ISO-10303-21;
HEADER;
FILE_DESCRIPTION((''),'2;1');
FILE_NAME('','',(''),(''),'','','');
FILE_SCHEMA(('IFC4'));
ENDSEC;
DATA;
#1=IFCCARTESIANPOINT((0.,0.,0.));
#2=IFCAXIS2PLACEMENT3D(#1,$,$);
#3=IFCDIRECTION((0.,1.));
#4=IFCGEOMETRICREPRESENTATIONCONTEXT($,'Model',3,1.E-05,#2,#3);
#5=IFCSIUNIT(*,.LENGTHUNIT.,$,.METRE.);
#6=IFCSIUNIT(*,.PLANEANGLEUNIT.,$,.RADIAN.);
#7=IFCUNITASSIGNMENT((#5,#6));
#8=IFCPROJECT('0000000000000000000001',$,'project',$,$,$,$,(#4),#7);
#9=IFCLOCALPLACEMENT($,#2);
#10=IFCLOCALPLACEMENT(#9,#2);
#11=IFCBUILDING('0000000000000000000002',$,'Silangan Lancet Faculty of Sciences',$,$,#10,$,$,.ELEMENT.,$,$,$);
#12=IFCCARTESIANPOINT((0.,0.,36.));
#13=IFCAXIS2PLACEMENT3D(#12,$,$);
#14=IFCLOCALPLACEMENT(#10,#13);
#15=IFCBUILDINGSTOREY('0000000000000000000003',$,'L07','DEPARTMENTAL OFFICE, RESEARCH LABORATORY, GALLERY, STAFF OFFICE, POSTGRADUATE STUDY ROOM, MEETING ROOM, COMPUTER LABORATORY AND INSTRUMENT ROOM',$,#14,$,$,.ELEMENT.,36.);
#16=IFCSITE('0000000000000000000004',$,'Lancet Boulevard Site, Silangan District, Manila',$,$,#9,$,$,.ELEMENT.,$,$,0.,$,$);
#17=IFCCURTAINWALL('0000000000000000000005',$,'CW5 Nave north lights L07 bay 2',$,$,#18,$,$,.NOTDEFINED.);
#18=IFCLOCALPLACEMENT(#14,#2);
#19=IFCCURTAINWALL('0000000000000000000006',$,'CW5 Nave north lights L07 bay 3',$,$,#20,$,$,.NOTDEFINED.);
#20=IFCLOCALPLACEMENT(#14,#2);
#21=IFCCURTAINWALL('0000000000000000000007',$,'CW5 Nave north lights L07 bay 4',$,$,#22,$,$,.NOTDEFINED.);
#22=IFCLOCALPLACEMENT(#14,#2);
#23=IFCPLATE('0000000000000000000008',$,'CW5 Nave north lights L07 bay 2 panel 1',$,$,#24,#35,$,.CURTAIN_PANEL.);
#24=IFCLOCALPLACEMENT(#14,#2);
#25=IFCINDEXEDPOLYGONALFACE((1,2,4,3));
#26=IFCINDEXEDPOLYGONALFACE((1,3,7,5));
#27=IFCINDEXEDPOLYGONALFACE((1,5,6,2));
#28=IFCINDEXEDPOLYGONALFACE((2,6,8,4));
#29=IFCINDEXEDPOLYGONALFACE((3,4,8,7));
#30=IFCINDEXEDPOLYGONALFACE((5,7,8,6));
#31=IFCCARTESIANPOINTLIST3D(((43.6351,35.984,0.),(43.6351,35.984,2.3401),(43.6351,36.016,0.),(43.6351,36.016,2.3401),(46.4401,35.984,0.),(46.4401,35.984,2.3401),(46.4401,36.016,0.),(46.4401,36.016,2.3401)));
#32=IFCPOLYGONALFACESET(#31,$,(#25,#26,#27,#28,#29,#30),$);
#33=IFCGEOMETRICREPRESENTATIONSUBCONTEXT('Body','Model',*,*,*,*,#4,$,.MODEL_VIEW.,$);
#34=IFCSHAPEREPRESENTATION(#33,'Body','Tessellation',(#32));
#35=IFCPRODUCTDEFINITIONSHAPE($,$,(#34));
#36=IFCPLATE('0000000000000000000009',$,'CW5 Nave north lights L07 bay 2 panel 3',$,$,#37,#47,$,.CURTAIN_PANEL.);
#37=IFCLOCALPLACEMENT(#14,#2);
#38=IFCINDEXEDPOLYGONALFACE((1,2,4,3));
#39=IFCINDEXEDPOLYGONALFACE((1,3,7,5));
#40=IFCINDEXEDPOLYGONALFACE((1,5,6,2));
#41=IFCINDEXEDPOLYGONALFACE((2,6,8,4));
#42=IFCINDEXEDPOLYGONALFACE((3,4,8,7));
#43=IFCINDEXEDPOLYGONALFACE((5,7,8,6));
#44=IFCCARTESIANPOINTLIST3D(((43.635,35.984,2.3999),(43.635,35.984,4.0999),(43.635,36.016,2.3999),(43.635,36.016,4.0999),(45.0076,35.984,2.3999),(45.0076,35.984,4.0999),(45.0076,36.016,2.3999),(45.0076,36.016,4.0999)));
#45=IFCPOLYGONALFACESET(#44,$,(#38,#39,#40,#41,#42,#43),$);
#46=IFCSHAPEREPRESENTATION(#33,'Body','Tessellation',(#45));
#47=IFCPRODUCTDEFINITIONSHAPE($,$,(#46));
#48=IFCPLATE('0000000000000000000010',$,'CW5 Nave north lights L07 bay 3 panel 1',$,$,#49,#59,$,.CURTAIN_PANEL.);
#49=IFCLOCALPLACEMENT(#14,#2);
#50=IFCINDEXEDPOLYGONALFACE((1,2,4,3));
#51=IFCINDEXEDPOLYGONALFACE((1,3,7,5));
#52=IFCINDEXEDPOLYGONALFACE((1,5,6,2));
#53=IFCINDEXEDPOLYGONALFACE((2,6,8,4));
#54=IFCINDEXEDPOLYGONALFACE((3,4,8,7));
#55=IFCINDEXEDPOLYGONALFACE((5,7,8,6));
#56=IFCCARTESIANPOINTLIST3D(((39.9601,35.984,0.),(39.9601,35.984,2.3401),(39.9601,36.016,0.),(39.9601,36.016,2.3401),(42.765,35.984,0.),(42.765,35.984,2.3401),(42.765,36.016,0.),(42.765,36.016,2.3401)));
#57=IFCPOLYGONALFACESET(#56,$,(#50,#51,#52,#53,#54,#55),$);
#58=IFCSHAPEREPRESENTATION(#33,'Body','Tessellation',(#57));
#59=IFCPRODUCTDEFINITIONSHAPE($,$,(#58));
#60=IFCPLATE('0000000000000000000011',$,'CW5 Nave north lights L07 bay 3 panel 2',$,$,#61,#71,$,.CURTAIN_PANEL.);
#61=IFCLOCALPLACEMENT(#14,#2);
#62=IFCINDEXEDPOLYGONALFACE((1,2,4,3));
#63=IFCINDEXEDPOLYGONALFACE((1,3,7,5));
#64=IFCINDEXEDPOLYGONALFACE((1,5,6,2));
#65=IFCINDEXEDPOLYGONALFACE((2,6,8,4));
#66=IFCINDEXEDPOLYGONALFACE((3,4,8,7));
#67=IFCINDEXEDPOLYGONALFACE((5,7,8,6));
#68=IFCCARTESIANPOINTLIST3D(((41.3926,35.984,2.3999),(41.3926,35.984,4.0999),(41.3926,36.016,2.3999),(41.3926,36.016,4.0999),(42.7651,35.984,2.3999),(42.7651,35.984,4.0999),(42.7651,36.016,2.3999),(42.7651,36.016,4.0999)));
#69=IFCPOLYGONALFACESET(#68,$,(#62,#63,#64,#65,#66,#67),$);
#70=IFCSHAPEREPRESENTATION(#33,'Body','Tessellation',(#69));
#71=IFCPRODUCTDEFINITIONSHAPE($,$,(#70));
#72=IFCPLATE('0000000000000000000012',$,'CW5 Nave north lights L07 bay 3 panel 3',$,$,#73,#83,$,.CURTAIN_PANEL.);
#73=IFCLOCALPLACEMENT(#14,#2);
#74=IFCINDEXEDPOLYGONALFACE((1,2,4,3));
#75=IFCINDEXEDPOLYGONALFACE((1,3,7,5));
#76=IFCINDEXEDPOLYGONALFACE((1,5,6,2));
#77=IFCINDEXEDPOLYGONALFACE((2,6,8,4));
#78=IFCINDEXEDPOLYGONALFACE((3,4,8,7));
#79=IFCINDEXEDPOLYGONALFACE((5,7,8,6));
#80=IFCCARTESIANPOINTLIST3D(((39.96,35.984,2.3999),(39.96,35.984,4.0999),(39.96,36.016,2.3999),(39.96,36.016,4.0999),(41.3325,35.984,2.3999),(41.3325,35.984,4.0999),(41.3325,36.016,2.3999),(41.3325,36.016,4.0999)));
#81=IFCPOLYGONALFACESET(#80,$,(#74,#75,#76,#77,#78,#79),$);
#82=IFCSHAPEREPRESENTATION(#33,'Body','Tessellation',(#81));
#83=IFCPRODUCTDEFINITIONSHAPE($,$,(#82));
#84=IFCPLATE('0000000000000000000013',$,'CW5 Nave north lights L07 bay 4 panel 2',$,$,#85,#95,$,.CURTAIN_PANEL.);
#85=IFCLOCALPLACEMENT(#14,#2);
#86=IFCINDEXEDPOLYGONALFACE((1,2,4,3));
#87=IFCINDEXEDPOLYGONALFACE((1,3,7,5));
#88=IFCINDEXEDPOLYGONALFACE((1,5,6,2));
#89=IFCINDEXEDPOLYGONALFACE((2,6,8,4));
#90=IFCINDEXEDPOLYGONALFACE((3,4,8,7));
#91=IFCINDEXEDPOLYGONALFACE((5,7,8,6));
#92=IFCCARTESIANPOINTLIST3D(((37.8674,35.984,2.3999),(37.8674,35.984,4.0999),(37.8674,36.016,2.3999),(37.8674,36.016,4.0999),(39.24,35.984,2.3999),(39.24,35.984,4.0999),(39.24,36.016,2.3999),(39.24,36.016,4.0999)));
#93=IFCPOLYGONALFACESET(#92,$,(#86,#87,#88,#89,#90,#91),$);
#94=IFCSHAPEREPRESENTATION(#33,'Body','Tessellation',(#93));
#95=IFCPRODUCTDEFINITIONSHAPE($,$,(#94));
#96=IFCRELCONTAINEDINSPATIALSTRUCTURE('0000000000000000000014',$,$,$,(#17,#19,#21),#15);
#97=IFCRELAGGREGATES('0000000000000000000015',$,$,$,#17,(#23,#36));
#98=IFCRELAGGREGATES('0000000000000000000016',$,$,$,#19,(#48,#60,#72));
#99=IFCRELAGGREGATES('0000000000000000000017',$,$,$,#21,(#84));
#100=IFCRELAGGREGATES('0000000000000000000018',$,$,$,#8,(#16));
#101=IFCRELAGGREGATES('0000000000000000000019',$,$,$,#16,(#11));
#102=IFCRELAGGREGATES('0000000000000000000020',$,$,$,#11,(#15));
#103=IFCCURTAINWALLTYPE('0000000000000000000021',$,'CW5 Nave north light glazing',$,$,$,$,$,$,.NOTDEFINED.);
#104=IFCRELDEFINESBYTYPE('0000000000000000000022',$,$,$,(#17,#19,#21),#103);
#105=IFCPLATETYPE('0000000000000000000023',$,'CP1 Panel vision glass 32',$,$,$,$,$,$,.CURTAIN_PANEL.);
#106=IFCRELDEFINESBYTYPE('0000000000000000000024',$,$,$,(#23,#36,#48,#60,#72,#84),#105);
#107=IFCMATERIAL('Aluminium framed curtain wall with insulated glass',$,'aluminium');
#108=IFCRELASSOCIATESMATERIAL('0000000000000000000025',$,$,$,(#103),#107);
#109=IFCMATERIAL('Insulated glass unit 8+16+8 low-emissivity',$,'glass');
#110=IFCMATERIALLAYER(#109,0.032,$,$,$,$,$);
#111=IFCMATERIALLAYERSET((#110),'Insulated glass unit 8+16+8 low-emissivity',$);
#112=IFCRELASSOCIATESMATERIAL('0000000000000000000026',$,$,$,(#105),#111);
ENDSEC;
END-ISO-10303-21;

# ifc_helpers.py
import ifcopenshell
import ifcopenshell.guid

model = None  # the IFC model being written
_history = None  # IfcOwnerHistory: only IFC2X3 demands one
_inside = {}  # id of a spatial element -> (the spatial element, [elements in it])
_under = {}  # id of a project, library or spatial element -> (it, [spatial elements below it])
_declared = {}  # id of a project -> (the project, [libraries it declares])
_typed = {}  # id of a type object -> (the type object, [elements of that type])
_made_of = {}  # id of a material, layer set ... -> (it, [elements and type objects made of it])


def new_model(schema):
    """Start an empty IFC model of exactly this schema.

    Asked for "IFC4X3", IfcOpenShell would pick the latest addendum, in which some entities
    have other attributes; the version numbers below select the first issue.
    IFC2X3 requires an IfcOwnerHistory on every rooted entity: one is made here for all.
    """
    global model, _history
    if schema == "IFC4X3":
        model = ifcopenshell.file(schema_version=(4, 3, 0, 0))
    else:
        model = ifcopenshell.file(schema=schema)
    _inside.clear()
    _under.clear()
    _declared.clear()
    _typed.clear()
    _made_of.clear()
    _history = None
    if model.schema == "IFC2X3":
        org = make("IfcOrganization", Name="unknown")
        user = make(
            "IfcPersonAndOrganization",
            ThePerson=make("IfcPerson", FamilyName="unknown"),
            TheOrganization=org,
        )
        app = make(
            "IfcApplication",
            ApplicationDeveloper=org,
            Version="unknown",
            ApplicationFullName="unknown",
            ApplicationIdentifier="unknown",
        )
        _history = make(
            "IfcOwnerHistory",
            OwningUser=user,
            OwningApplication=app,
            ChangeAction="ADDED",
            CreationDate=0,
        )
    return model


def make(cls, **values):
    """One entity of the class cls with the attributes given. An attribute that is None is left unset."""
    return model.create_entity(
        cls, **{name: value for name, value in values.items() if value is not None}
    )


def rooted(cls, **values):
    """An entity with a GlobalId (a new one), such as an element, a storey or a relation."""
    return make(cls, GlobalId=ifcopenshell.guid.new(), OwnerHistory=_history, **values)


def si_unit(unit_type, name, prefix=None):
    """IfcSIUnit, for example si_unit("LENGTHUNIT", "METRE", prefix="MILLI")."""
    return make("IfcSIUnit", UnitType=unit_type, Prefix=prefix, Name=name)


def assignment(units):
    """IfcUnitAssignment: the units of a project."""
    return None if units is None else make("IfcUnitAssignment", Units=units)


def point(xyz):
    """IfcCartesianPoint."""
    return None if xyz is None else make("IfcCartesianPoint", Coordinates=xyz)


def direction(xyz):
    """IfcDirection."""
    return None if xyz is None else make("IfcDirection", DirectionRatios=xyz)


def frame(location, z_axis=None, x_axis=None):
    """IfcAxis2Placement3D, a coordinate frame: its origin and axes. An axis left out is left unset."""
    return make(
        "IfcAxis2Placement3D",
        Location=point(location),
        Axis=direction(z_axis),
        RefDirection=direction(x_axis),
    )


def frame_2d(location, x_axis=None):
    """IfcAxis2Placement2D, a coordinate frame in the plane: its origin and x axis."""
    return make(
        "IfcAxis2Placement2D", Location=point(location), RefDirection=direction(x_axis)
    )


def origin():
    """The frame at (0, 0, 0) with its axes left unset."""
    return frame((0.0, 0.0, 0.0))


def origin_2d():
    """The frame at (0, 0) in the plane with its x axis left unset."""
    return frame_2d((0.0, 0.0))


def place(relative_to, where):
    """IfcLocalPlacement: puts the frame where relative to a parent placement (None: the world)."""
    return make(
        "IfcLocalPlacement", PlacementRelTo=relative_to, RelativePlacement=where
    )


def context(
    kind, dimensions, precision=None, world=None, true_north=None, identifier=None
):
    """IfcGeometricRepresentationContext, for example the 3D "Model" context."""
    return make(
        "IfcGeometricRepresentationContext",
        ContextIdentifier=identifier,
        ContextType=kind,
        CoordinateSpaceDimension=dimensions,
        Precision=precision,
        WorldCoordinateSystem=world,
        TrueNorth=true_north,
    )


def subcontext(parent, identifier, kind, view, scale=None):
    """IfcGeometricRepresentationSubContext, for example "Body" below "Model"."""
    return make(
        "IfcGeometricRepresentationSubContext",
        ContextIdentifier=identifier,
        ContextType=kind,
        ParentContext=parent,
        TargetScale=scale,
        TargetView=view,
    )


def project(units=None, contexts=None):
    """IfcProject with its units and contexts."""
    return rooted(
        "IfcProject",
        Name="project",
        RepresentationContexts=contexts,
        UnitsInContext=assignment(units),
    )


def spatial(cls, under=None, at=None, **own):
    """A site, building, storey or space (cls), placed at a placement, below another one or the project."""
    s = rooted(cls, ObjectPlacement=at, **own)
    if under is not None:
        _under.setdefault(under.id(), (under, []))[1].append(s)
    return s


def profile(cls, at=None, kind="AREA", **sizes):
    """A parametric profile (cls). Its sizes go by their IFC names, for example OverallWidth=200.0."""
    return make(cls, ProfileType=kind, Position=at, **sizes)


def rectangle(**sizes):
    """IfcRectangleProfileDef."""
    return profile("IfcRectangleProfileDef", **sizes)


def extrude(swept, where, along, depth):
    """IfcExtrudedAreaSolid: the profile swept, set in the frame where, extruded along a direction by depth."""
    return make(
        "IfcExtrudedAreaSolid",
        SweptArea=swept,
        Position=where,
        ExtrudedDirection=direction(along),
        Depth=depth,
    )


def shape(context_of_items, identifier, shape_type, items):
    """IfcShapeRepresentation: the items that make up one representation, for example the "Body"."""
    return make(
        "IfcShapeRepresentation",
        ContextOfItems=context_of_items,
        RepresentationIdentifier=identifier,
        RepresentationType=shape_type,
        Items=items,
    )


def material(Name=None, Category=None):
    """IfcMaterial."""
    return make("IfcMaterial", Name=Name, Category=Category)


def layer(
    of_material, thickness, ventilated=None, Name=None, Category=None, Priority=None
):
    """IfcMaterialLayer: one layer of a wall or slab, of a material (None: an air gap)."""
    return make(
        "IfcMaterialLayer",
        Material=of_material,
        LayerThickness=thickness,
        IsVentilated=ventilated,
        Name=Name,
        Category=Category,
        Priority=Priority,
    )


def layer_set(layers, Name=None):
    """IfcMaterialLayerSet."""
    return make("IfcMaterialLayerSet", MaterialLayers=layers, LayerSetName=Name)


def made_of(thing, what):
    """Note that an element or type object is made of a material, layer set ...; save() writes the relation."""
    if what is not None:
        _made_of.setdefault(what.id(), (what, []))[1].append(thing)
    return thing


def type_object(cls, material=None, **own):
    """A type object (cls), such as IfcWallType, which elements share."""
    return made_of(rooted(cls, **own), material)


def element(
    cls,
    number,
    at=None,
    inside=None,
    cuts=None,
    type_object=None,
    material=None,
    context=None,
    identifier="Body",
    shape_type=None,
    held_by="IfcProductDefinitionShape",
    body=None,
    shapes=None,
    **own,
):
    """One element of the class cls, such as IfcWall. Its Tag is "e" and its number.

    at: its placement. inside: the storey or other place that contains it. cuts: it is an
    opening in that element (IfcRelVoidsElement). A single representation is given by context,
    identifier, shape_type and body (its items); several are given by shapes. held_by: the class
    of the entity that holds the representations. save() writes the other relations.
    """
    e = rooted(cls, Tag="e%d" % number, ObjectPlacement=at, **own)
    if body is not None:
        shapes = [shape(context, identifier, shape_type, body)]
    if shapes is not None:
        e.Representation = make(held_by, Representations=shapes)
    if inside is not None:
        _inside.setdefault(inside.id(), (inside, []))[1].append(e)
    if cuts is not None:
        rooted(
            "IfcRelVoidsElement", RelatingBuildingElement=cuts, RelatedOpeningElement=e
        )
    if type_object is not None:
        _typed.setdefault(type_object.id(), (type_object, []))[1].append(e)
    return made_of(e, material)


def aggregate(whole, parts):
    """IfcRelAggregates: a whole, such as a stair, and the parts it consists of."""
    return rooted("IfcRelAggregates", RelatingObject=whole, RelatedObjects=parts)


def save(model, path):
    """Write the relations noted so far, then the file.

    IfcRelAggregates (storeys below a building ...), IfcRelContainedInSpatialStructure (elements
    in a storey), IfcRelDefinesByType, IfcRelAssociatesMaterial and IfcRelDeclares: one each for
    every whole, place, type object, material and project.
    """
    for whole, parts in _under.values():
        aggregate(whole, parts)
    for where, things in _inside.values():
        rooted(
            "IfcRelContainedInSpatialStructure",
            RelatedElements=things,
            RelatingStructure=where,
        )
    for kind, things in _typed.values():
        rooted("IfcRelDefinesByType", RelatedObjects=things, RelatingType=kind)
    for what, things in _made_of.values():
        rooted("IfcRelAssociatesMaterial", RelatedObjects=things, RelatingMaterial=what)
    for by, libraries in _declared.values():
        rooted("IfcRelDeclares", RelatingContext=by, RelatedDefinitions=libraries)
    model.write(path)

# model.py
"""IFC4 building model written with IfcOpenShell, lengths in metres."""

from ifc_helpers import new_model, si_unit, direction, frame, origin, origin_2d, place, context, subcontext, project, spatial, rectangle, extrude, material, layer, layer_set, type_object, element, aggregate, save


model = new_model("IFC4")

# Units and contexts
model_context = context("Model", 3, precision=1e-05, world=origin(), true_north=direction((0.0, 1.0)))
body_context = subcontext(model_context, "Body", "Model", "MODEL_VIEW")
ifc_project = project(units=[si_unit("LENGTHUNIT", "METRE"), si_unit("PLANEANGLEUNIT", "RADIAN")], contexts=[model_context])

# Site, building, storey
site_placement = place(None, origin())
site = spatial("IfcSite", under=ifc_project, at=site_placement, Name="Lancet Boulevard Site, Silangan District, Manila", CompositionType="ELEMENT", RefElevation=0.0)
building_placement = place(site_placement, origin())
building = spatial("IfcBuilding", under=site, at=building_placement, Name="Silangan Lancet Faculty of Sciences", CompositionType="ELEMENT")
storey_placement = place(building_placement, frame((0.0, 0.0, 36.0)))
storey = spatial("IfcBuildingStorey", under=building, at=storey_placement, Name="L07", Description="DEPARTMENTAL OFFICE, RESEARCH LABORATORY, GALLERY, STAFF OFFICE, POSTGRADUATE STUDY ROOM, MEETING ROOM, COMPUTER LABORATORY AND INSTRUMENT ROOM", CompositionType="ELEMENT", Elevation=36.0)

# Curtain walls
ifc_material_1 = material(Name="Aluminium framed curtain wall with insulated glass", Category="aluminium")
curtain_wall_type = type_object("IfcCurtainWallType", Name="CW5 Nave north light glazing", PredefinedType="NOTDEFINED", material=ifc_material_1)
curtain_wall_1_placement = place(storey_placement, origin())
curtain_wall_1 = element("IfcCurtainWall", 1, at=curtain_wall_1_placement, inside=storey, type_object=curtain_wall_type, Name="CW5 Nave north lights L07 bay 2", PredefinedType="NOTDEFINED")
curtain_wall_2_placement = place(storey_placement, origin())
curtain_wall_2 = element("IfcCurtainWall", 2, at=curtain_wall_2_placement, inside=storey, type_object=curtain_wall_type, Name="CW5 Nave north lights L07 bay 3", PredefinedType="NOTDEFINED")

# Curtain wall
curtain_wall_3_placement = place(storey_placement, origin())
curtain_wall_3 = element("IfcCurtainWall", 3, at=curtain_wall_3_placement, inside=storey, type_object=curtain_wall_type, Name="CW5 Nave north lights L07 bay 4", PredefinedType="NOTDEFINED")

# Plates
ifc_material_2 = material(Name="Insulated glass unit 8+16+8 low-emissivity", Category="glass")
ifc_layer = layer(ifc_material_2, 0.032)
ifc_layer_set = layer_set([ifc_layer], Name="Insulated glass unit 8+16+8 low-emissivity")
plate_type = type_object("IfcPlateType", Name="CP1 Panel vision glass 32", PredefinedType="CURTAIN_PANEL", material=ifc_layer_set)
plate_1_placement = place(storey_placement, frame((45.0376, 36.0, 0.0), z_axis=(0.0, 0.0, 1.0), x_axis=(-1.0, 0.0, 0.0)))
plate_1 = element("IfcPlate", 4, at=plate_1_placement, type_object=plate_type, Name="CW5 Nave north lights L07 bay 2 panel 1", PredefinedType="CURTAIN_PANEL", context=body_context, shape_type="SweptSolid", body=[
    extrude(rectangle(XDim=2.8049, YDim=0.032, at=origin_2d()), origin(), (0.0, 0.0, 1.0), 2.3401),
])
plate_2_placement = place(storey_placement, frame((44.3213, 36.0, 2.3999), z_axis=(0.0, 0.0, 1.0), x_axis=(-1.0, 0.0, 0.0)))
plate_2 = element("IfcPlate", 5, at=plate_2_placement, type_object=plate_type, Name="CW5 Nave north lights L07 bay 2 panel 3", PredefinedType="CURTAIN_PANEL", context=body_context, shape_type="SweptSolid", body=[
    extrude(rectangle(XDim=1.3726, YDim=0.032, at=origin_2d()), origin(), (0.0, 0.0, 1.0), 1.7),
])
aggregate(curtain_wall_1, [plate_1, plate_2])
plate_3_placement = place(storey_placement, frame((41.3625, 36.0, 0.0), z_axis=(0.0, 0.0, 1.0), x_axis=(-1.0, 0.0, 0.0)))
plate_3 = element("IfcPlate", 6, at=plate_3_placement, type_object=plate_type, Name="CW5 Nave north lights L07 bay 3 panel 1", PredefinedType="CURTAIN_PANEL", context=body_context, shape_type="SweptSolid", body=[
    extrude(rectangle(XDim=2.8049, YDim=0.032, at=origin_2d()), origin(), (0.0, 0.0, 1.0), 2.3401),
])
plate_4_placement = place(storey_placement, frame((42.0789, 36.0, 2.3999), z_axis=(0.0, 0.0, 1.0), x_axis=(-1.0, 0.0, 0.0)))
plate_4 = element("IfcPlate", 7, at=plate_4_placement, type_object=plate_type, Name="CW5 Nave north lights L07 bay 3 panel 2", PredefinedType="CURTAIN_PANEL", context=body_context, shape_type="SweptSolid", body=[
    extrude(rectangle(XDim=1.3726, YDim=0.032, at=origin_2d()), origin(), (0.0, 0.0, 1.0), 1.7),
])
plate_5_placement = place(storey_placement, frame((40.6462, 36.0, 2.3999), z_axis=(0.0, 0.0, 1.0), x_axis=(-1.0, 0.0, 0.0)))
plate_5 = element("IfcPlate", 8, at=plate_5_placement, type_object=plate_type, Name="CW5 Nave north lights L07 bay 3 panel 3", PredefinedType="CURTAIN_PANEL", context=body_context, shape_type="SweptSolid", body=[
    extrude(rectangle(XDim=1.3726, YDim=0.032, at=origin_2d()), origin(), (0.0, 0.0, 1.0), 1.7),
])
aggregate(curtain_wall_2, [plate_3, plate_4, plate_5])
plate_6_placement = place(storey_placement, frame((38.5537, 36.0, 2.3999), z_axis=(0.0, 0.0, 1.0), x_axis=(-1.0, 0.0, 0.0)))
plate_6 = element("IfcPlate", 9, at=plate_6_placement, type_object=plate_type, Name="CW5 Nave north lights L07 bay 4 panel 2", PredefinedType="CURTAIN_PANEL", context=body_context, shape_type="SweptSolid", body=[
    extrude(rectangle(XDim=1.3726, YDim=0.032, at=origin_2d()), origin(), (0.0, 0.0, 1.0), 1.7),
])
aggregate(curtain_wall_3, [plate_6])

save(model, "model.ifc")
